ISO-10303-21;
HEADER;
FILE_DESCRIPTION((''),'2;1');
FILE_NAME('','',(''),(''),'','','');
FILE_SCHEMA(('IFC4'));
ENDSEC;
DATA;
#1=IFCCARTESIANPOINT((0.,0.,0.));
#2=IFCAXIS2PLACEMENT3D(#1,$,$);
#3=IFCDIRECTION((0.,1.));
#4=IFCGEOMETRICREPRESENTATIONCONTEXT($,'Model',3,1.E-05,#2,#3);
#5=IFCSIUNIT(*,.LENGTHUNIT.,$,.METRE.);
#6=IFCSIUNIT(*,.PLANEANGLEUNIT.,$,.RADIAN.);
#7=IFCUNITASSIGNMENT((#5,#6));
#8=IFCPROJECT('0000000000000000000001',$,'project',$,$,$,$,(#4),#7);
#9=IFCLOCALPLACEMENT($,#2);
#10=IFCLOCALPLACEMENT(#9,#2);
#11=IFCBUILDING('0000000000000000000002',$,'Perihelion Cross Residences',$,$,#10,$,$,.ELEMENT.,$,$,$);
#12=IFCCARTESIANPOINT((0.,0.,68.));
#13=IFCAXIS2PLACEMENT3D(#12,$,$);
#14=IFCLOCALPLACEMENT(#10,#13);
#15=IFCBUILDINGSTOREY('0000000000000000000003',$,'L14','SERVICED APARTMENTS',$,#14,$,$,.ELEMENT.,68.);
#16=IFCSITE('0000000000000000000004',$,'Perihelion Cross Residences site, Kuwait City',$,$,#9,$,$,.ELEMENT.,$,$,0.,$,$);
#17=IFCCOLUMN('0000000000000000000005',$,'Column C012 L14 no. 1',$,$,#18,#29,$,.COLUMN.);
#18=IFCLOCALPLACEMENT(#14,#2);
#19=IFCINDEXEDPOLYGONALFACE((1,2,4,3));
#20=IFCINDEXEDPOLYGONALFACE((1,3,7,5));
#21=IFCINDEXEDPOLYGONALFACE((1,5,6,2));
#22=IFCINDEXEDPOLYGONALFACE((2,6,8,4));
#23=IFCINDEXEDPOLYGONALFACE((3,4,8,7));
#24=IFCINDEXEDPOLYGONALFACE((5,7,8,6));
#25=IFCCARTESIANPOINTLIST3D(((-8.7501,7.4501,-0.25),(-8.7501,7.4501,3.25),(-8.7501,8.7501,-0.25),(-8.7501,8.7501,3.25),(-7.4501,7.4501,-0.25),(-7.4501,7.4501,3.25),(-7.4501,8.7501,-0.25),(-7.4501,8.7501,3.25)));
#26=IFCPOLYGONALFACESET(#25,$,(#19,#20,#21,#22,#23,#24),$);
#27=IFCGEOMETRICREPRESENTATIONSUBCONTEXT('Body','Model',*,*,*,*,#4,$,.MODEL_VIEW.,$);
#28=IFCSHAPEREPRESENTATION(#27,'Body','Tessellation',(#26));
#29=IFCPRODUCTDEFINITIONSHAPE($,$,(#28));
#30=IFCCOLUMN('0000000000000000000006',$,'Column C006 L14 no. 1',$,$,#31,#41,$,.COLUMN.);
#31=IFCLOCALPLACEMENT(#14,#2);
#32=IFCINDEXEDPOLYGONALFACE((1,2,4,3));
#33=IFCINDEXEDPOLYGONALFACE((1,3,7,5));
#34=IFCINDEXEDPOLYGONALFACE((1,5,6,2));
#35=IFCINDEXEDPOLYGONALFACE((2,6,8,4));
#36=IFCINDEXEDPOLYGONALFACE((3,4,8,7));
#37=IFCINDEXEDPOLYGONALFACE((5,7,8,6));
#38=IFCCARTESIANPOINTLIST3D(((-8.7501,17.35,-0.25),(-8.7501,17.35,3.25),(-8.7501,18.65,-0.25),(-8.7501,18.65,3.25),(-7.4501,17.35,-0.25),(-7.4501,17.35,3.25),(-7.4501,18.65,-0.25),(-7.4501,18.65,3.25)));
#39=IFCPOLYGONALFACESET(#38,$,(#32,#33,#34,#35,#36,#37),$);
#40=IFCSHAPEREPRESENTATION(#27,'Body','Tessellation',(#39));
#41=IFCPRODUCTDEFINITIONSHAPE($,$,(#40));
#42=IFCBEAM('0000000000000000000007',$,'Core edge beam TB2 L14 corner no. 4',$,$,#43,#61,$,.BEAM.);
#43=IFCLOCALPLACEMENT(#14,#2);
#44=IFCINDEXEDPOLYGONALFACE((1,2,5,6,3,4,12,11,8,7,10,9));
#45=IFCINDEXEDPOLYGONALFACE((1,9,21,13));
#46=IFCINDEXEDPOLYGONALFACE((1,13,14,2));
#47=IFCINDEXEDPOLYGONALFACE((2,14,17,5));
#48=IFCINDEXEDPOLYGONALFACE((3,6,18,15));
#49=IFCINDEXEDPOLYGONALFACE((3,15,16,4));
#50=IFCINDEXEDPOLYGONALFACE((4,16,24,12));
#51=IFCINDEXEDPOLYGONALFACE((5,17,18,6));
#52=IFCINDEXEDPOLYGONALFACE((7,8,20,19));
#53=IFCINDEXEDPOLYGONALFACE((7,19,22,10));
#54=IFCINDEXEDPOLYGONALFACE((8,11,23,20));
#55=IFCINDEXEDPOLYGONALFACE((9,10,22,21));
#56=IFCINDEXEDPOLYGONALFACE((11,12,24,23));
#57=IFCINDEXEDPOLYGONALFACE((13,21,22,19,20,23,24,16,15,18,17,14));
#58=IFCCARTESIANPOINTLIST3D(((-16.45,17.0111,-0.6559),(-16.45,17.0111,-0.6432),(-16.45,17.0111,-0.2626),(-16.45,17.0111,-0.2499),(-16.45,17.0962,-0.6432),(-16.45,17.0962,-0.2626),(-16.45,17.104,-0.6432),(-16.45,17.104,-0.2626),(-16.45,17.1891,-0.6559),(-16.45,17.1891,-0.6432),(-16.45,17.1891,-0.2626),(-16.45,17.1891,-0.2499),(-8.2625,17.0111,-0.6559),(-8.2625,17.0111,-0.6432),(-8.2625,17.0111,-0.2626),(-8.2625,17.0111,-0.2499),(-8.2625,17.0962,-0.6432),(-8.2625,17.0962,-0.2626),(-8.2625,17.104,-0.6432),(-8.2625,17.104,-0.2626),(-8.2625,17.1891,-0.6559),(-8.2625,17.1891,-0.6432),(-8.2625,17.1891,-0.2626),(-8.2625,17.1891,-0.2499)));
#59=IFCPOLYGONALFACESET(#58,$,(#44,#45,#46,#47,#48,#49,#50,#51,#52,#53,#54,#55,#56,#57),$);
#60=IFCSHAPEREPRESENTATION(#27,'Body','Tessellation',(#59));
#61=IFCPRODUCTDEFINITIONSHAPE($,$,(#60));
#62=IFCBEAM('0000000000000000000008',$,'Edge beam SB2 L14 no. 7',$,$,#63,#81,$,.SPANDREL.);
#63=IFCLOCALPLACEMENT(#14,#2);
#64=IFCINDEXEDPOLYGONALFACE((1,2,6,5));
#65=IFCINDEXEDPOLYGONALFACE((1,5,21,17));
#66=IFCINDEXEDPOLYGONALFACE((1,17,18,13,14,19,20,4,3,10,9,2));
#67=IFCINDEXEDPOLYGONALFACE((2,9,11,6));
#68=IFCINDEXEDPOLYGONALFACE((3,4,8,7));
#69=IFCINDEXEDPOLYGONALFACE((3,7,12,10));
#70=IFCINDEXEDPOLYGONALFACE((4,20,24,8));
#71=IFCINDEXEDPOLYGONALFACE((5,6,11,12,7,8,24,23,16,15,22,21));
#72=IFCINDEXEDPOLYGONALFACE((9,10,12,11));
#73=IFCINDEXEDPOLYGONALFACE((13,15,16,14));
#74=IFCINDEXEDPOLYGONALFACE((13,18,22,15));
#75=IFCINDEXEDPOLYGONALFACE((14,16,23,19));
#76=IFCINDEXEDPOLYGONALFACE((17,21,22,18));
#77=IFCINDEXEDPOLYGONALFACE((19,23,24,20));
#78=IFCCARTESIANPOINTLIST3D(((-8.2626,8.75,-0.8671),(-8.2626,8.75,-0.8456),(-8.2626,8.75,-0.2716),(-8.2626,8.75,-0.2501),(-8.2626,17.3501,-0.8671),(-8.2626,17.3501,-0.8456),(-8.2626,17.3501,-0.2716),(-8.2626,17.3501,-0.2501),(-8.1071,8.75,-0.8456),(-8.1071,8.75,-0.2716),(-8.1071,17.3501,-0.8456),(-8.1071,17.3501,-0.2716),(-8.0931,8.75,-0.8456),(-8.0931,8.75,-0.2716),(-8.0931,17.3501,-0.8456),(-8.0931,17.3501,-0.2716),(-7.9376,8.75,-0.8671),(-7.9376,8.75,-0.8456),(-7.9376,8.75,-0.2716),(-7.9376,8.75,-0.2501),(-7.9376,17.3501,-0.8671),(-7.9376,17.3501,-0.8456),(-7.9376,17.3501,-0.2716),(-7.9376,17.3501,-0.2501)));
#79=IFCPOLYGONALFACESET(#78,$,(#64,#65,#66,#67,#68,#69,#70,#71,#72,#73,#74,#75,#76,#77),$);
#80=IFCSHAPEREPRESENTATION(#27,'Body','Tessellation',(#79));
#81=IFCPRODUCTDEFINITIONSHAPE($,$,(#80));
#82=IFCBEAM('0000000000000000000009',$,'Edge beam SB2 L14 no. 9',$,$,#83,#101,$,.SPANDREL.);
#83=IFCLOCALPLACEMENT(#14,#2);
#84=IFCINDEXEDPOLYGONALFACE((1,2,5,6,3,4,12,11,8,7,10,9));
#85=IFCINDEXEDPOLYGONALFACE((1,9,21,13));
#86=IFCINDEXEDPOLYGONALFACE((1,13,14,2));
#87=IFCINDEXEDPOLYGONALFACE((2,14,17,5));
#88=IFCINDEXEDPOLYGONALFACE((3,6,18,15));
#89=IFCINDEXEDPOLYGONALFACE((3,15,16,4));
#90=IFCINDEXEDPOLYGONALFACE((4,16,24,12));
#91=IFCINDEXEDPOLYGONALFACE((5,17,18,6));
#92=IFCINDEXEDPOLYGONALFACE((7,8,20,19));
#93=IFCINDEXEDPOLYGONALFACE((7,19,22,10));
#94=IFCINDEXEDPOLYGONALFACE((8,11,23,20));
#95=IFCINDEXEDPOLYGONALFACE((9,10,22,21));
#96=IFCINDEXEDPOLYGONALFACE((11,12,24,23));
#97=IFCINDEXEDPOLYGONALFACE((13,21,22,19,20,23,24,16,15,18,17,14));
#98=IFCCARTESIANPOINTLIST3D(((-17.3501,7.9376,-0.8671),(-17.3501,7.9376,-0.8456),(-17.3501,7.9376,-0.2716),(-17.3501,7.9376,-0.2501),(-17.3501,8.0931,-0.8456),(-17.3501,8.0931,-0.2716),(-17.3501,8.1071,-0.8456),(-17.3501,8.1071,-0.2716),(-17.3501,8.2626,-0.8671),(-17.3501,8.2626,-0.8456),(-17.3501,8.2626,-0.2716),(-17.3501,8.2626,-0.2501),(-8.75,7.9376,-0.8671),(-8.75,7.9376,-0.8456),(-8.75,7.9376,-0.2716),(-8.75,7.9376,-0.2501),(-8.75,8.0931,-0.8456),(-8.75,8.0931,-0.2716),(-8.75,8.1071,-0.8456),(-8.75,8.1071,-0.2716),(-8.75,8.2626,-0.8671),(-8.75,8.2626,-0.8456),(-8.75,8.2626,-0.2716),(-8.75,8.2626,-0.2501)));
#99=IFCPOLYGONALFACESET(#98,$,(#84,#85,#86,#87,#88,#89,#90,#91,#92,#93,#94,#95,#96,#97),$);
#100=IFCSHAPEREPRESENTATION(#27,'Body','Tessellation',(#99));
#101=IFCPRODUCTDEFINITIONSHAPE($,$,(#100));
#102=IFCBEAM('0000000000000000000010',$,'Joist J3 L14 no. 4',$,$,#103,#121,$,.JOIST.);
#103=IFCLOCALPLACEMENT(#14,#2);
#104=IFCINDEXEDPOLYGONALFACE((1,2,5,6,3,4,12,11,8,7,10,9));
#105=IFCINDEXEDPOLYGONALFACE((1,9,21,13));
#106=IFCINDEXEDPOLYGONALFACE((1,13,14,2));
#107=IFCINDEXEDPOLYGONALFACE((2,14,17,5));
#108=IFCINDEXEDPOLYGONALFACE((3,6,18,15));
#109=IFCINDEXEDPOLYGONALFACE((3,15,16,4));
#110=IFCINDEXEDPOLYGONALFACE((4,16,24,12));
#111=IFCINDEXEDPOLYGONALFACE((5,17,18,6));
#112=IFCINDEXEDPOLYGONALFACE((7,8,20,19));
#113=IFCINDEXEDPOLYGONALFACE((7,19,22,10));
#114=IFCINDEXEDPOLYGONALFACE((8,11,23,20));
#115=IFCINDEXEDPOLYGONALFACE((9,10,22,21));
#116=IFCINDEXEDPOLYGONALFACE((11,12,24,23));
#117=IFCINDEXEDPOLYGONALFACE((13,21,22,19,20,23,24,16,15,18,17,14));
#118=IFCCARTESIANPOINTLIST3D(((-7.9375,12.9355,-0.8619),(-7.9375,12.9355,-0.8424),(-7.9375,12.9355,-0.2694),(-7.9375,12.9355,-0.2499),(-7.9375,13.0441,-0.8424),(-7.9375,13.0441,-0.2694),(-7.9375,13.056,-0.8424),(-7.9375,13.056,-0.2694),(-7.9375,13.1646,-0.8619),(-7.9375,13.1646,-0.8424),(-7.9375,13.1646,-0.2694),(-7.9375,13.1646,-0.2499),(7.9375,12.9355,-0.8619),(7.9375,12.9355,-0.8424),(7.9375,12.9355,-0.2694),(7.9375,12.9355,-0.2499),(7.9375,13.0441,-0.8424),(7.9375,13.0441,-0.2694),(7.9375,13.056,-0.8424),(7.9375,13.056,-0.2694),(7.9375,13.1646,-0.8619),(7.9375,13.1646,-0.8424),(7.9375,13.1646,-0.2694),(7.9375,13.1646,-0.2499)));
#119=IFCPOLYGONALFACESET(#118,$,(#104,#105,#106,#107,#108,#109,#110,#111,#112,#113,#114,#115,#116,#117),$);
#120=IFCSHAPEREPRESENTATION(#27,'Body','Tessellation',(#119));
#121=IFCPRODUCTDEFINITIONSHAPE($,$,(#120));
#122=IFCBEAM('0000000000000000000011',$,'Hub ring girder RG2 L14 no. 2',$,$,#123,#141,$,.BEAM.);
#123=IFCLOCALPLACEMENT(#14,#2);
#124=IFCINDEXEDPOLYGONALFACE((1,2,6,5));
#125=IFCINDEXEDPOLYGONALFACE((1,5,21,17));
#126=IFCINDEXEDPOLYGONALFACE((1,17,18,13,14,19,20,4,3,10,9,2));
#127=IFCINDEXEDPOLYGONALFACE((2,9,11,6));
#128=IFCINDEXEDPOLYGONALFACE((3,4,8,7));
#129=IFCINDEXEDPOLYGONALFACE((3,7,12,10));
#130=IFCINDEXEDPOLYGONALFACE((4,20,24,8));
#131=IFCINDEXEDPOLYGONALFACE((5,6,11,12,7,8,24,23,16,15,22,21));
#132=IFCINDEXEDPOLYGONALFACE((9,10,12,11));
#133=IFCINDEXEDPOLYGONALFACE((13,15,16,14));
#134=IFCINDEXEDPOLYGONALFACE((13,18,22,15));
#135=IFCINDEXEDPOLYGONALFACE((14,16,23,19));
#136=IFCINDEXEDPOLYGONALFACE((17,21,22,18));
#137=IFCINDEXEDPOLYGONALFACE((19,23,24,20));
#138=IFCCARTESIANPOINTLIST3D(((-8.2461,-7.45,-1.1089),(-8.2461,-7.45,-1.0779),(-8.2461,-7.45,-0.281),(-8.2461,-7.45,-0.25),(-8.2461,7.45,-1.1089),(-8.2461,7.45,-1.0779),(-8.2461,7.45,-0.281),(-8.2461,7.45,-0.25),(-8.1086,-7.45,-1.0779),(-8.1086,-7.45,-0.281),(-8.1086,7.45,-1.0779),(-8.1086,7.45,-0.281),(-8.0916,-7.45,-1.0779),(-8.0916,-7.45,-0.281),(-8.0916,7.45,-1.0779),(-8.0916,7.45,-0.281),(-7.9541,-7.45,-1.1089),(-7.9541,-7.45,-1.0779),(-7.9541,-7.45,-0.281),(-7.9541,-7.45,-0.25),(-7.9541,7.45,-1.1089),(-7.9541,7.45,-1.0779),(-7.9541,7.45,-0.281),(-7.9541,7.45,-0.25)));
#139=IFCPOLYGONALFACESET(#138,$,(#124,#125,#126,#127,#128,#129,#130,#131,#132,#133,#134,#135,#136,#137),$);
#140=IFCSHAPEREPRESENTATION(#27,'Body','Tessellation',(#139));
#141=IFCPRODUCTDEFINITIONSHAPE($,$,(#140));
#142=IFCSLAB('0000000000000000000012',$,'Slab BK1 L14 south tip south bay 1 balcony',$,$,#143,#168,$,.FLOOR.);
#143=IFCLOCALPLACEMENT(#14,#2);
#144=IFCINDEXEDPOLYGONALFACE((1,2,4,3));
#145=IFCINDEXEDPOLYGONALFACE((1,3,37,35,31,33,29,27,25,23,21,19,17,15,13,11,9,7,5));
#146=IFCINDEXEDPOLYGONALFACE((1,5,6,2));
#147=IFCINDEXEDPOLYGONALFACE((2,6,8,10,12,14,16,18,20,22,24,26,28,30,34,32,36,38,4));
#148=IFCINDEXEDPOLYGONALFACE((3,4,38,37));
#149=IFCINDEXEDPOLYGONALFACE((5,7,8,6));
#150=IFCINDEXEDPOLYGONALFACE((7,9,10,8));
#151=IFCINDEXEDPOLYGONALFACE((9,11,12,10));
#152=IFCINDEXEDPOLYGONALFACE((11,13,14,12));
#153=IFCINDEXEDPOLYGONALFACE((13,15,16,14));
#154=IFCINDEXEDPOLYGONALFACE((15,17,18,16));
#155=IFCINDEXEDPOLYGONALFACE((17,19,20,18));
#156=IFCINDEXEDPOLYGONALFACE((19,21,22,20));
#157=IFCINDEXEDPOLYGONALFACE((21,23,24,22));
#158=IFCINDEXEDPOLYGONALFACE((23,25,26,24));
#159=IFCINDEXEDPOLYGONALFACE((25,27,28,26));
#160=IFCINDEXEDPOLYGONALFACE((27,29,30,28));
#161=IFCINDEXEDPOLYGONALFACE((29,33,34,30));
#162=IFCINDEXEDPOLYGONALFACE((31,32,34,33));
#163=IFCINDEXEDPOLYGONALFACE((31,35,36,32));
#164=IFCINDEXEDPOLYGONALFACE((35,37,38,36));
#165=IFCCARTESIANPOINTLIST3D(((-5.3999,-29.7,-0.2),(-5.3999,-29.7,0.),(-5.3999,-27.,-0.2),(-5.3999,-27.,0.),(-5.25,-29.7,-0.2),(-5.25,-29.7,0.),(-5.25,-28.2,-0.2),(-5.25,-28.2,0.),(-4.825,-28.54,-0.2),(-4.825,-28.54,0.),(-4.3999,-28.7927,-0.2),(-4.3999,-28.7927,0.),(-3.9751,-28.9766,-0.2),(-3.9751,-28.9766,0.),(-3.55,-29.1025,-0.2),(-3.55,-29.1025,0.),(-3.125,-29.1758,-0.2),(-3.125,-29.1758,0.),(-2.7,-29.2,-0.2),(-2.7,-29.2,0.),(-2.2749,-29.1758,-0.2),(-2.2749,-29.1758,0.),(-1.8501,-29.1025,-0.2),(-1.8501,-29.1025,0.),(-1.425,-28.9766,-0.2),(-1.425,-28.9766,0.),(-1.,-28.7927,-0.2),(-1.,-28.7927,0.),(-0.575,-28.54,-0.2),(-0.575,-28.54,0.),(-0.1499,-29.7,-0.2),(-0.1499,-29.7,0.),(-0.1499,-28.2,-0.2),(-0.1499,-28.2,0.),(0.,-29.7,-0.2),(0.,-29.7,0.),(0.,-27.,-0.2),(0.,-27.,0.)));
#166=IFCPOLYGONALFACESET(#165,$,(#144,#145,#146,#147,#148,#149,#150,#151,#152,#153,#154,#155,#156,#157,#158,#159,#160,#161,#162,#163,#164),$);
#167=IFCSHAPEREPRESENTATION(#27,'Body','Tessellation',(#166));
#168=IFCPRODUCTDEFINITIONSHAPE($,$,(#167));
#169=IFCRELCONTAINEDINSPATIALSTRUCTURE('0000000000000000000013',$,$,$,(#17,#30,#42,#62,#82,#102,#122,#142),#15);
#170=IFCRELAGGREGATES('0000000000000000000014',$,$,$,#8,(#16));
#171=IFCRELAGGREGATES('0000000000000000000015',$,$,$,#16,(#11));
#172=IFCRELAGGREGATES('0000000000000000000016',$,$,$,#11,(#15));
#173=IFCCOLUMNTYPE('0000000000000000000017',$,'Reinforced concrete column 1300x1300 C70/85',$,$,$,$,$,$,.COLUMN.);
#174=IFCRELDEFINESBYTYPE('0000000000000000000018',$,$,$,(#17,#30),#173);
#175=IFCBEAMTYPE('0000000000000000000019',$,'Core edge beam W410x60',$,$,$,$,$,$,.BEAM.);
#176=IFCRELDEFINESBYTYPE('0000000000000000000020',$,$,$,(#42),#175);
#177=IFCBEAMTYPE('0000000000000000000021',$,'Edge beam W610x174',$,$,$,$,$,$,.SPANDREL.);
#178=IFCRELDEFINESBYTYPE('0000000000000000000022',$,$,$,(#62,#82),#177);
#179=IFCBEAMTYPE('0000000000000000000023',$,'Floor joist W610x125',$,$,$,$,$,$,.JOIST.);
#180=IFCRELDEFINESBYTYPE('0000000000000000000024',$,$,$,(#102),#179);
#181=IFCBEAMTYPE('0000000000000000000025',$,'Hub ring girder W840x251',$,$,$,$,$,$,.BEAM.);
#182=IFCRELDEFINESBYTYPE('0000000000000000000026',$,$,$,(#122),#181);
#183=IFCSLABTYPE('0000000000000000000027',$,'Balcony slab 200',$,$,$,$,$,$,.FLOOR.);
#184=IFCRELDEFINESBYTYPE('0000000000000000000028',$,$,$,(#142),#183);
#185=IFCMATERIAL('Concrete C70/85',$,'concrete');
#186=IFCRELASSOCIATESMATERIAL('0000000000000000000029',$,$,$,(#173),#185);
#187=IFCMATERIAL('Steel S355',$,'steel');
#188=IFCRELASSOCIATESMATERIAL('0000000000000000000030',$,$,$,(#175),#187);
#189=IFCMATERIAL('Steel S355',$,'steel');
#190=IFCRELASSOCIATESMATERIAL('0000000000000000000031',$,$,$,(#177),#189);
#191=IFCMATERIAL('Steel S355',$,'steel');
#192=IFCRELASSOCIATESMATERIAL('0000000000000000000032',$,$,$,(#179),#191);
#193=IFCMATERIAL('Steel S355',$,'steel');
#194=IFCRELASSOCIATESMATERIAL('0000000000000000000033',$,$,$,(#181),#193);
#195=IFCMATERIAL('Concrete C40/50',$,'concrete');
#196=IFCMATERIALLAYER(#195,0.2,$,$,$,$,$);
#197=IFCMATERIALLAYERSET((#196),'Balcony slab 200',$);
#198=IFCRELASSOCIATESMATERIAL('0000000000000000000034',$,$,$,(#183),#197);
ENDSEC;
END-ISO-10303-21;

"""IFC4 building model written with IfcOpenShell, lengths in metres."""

from ifc_helpers import new_model, si_unit, direction, frame, origin, origin_2d, place, context, subcontext, project, spatial, polyline, rectangle, i_section, outline, extrude, material, layer, layer_set, material_profile, profile_set, type_object, element, save


model = new_model("IFC4")

# Units and contexts
model_context = context("Model", 3, precision=1e-05, world=origin(), true_north=direction((0.0, 1.0)))
body_context = subcontext(model_context, "Body", "Model", "MODEL_VIEW")
ifc_project = project(units=[si_unit("LENGTHUNIT", "METRE"), si_unit("PLANEANGLEUNIT", "RADIAN")], contexts=[model_context])

# Site, building, storey
site_placement = place(None, origin())
site = spatial("IfcSite", under=ifc_project, at=site_placement, Name="Perihelion Cross Residences site, Kuwait City", CompositionType="ELEMENT", RefElevation=0.0)
building_placement = place(site_placement, origin())
building = spatial("IfcBuilding", under=site, at=building_placement, Name="Perihelion Cross Residences", CompositionType="ELEMENT")
storey_placement = place(building_placement, frame((0.0, 0.0, 68.0)))
storey = spatial("IfcBuildingStorey", under=building, at=storey_placement, Name="L14", Description="SERVICED APARTMENTS", CompositionType="ELEMENT", Elevation=68.0)

# Columns
ifc_material_1 = material(Name="Concrete C70/85", Category="concrete")
ifc_material_profile_1 = material_profile(ifc_material_1, rectangle(XDim=1.3, YDim=1.3, at=origin_2d()), Name="RC 1300x1300")
ifc_profile_set_1 = profile_set([ifc_material_profile_1], Name="Concrete C70/85")
column_type = type_object("IfcColumnType", Name="Reinforced concrete column 1300x1300 C70/85", PredefinedType="COLUMN", material=ifc_profile_set_1)
for number, where, z_axis, x_axis, name in (
    (1, (-8.1001, 8.1001, -0.25), (0.0, 0.0, 1.0), (1.0, 0.0, 0.0), "Column C012 L14 no. 1"),
    (2, (-8.1001, 18.0, -0.25), (0.0, 0.0, 1.0), (1.0, 0.0, 0.0), "Column C006 L14 no. 1"),
):
    element("IfcColumn", number, at=place(storey_placement, frame(where, z_axis=z_axis, x_axis=x_axis)), inside=storey, type_object=column_type, Name=name, PredefinedType="COLUMN", context=body_context, shape_type="SweptSolid", body=[
        extrude(rectangle(XDim=1.3, YDim=1.3, at=origin_2d()), origin(), (0.0, 0.0, 1.0), 3.5),
    ])

# Beams
ifc_material_2 = material(Name="Steel S355", Category="steel")
ifc_material_profile_2 = material_profile(ifc_material_2, i_section(OverallWidth=0.178, OverallDepth=0.406, WebThickness=0.0078, FlangeThickness=0.0127, at=origin_2d()), Name="W410x60")
ifc_profile_set_2 = profile_set([ifc_material_profile_2], Name="Steel S355")
beam_type_1 = type_object("IfcBeamType", Name="Core edge beam W410x60", PredefinedType="BEAM", material=ifc_profile_set_2)
beam_1_placement = place(storey_placement, frame((-8.2625, 17.1001, -0.4529), z_axis=(-1.0, 0.0, 0.0), x_axis=(0.0, -1.0, 0.0)))
element("IfcBeam", 3, at=beam_1_placement, inside=storey, type_object=beam_type_1, Name="Core edge beam TB2 L14 corner no. 4", PredefinedType="BEAM", context=body_context, shape_type="SweptSolid", body=[
    extrude(i_section(OverallWidth=0.178, OverallDepth=0.406, WebThickness=0.0078, FlangeThickness=0.0127, at=origin_2d()), origin(), (0.0, 0.0, 1.0), 8.1875),
])
ifc_material_3 = material(Name="Steel S355", Category="steel")
ifc_material_profile_3 = material_profile(ifc_material_3, i_section(OverallWidth=0.325, OverallDepth=0.6169, WebThickness=0.0139, FlangeThickness=0.0215, at=origin_2d()), Name="W610x174")
ifc_profile_set_3 = profile_set([ifc_material_profile_3], Name="Steel S355")
beam_type_2 = type_object("IfcBeamType", Name="Edge beam W610x174", PredefinedType="SPANDREL", material=ifc_profile_set_3)
for number, where, z_axis, x_axis, name in (
    (4, (-8.1001, 17.3501, -0.5586), (0.0, -1.0, 0.0), (1.0, 0.0, 0.0), "Edge beam SB2 L14 no. 7"),
    (5, (-8.75, 8.1001, -0.5586), (-1.0, 0.0, 0.0), (0.0, -1.0, 0.0), "Edge beam SB2 L14 no. 9"),
):
    element("IfcBeam", number, at=place(storey_placement, frame(where, z_axis=z_axis, x_axis=x_axis)), inside=storey, type_object=beam_type_2, Name=name, PredefinedType="SPANDREL", context=body_context, shape_type="SweptSolid", body=[
        extrude(i_section(OverallWidth=0.325, OverallDepth=0.6169, WebThickness=0.0139, FlangeThickness=0.0215, at=origin_2d()), origin(), (0.0, 0.0, 1.0), 8.6001),
    ])
ifc_material_4 = material(Name="Steel S355", Category="steel")
ifc_material_profile_4 = material_profile(ifc_material_4, i_section(OverallWidth=0.229, OverallDepth=0.6121, WebThickness=0.012, FlangeThickness=0.0195, at=origin_2d()), Name="W610x125")
ifc_profile_set_4 = profile_set([ifc_material_profile_4], Name="Steel S355")
beam_type_3 = type_object("IfcBeamType", Name="Floor joist W610x125", PredefinedType="JOIST", material=ifc_profile_set_4)
beam_2_placement = place(storey_placement, frame((-7.9375, 13.05, -0.5559), z_axis=(1.0, 0.0, 0.0), x_axis=(0.0, 1.0, 0.0)))
element("IfcBeam", 6, at=beam_2_placement, inside=storey, type_object=beam_type_3, Name="Joist J3 L14 no. 4", PredefinedType="JOIST", context=body_context, shape_type="SweptSolid", body=[
    extrude(i_section(OverallWidth=0.229, OverallDepth=0.6121, WebThickness=0.012, FlangeThickness=0.0195, at=origin_2d()), origin(), (0.0, 0.0, 1.0), 15.875),
])
ifc_material_5 = material(Name="Steel S355", Category="steel")
ifc_material_profile_5 = material_profile(ifc_material_5, i_section(OverallWidth=0.292, OverallDepth=0.8589, WebThickness=0.0171, FlangeThickness=0.031, at=origin_2d()), Name="W840x251")
ifc_profile_set_5 = profile_set([ifc_material_profile_5], Name="Steel S355")
beam_type_4 = type_object("IfcBeamType", Name="Hub ring girder W840x251", PredefinedType="BEAM", material=ifc_profile_set_5)
beam_3_placement = place(storey_placement, frame((-8.1001, 7.45, -0.6794), z_axis=(0.0, -1.0, 0.0), x_axis=(1.0, 0.0, 0.0)))
element("IfcBeam", 7, at=beam_3_placement, inside=storey, type_object=beam_type_4, Name="Hub ring girder RG2 L14 no. 2", PredefinedType="BEAM", context=body_context, shape_type="SweptSolid", body=[
    extrude(i_section(OverallWidth=0.292, OverallDepth=0.8589, WebThickness=0.0171, FlangeThickness=0.031, at=origin_2d()), origin(), (0.0, 0.0, 1.0), 14.8999),
])

# Slab
ifc_material_6 = material(Name="Concrete C40/50", Category="concrete")
ifc_layer_1 = layer(ifc_material_6, 0.2)
ifc_layer_set_1 = layer_set([ifc_layer_1], Name="Balcony slab 200")
slab_type_1 = type_object("IfcSlabType", Name="Balcony slab 200", PredefinedType="FLOOR", material=ifc_layer_set_1)
slab_1_placement = place(storey_placement, frame((0.0, 0.0, -0.2)))
element("IfcSlab", 8, at=slab_1_placement, inside=storey, type_object=slab_type_1, Name="Slab BK1 L14 south tip south bay 1 balcony", PredefinedType="FLOOR", context=body_context, shape_type="SweptSolid", body=[
    extrude(outline(polyline([(-5.3999, -27.0), (0.0, -27.0), (0.0, -29.7), (-0.1499, -29.7), (-0.1499, -28.2), (-0.575, -28.54), (-1.0, -28.7927), (-1.425, -28.9766), (-1.8501, -29.1025), (-2.2749, -29.1758), (-2.7, -29.2), (-3.125, -29.1758), (-3.55, -29.1025), (-3.9751, -28.9766), (-4.3999, -28.7927), (-4.825, -28.54), (-5.25, -28.2), (-5.25, -29.7), (-5.3999, -29.7), (-5.3999, -27.0)])), origin(), (0.0, 0.0, 1.0), 0.2),
])

save(model, "model.ifc")
